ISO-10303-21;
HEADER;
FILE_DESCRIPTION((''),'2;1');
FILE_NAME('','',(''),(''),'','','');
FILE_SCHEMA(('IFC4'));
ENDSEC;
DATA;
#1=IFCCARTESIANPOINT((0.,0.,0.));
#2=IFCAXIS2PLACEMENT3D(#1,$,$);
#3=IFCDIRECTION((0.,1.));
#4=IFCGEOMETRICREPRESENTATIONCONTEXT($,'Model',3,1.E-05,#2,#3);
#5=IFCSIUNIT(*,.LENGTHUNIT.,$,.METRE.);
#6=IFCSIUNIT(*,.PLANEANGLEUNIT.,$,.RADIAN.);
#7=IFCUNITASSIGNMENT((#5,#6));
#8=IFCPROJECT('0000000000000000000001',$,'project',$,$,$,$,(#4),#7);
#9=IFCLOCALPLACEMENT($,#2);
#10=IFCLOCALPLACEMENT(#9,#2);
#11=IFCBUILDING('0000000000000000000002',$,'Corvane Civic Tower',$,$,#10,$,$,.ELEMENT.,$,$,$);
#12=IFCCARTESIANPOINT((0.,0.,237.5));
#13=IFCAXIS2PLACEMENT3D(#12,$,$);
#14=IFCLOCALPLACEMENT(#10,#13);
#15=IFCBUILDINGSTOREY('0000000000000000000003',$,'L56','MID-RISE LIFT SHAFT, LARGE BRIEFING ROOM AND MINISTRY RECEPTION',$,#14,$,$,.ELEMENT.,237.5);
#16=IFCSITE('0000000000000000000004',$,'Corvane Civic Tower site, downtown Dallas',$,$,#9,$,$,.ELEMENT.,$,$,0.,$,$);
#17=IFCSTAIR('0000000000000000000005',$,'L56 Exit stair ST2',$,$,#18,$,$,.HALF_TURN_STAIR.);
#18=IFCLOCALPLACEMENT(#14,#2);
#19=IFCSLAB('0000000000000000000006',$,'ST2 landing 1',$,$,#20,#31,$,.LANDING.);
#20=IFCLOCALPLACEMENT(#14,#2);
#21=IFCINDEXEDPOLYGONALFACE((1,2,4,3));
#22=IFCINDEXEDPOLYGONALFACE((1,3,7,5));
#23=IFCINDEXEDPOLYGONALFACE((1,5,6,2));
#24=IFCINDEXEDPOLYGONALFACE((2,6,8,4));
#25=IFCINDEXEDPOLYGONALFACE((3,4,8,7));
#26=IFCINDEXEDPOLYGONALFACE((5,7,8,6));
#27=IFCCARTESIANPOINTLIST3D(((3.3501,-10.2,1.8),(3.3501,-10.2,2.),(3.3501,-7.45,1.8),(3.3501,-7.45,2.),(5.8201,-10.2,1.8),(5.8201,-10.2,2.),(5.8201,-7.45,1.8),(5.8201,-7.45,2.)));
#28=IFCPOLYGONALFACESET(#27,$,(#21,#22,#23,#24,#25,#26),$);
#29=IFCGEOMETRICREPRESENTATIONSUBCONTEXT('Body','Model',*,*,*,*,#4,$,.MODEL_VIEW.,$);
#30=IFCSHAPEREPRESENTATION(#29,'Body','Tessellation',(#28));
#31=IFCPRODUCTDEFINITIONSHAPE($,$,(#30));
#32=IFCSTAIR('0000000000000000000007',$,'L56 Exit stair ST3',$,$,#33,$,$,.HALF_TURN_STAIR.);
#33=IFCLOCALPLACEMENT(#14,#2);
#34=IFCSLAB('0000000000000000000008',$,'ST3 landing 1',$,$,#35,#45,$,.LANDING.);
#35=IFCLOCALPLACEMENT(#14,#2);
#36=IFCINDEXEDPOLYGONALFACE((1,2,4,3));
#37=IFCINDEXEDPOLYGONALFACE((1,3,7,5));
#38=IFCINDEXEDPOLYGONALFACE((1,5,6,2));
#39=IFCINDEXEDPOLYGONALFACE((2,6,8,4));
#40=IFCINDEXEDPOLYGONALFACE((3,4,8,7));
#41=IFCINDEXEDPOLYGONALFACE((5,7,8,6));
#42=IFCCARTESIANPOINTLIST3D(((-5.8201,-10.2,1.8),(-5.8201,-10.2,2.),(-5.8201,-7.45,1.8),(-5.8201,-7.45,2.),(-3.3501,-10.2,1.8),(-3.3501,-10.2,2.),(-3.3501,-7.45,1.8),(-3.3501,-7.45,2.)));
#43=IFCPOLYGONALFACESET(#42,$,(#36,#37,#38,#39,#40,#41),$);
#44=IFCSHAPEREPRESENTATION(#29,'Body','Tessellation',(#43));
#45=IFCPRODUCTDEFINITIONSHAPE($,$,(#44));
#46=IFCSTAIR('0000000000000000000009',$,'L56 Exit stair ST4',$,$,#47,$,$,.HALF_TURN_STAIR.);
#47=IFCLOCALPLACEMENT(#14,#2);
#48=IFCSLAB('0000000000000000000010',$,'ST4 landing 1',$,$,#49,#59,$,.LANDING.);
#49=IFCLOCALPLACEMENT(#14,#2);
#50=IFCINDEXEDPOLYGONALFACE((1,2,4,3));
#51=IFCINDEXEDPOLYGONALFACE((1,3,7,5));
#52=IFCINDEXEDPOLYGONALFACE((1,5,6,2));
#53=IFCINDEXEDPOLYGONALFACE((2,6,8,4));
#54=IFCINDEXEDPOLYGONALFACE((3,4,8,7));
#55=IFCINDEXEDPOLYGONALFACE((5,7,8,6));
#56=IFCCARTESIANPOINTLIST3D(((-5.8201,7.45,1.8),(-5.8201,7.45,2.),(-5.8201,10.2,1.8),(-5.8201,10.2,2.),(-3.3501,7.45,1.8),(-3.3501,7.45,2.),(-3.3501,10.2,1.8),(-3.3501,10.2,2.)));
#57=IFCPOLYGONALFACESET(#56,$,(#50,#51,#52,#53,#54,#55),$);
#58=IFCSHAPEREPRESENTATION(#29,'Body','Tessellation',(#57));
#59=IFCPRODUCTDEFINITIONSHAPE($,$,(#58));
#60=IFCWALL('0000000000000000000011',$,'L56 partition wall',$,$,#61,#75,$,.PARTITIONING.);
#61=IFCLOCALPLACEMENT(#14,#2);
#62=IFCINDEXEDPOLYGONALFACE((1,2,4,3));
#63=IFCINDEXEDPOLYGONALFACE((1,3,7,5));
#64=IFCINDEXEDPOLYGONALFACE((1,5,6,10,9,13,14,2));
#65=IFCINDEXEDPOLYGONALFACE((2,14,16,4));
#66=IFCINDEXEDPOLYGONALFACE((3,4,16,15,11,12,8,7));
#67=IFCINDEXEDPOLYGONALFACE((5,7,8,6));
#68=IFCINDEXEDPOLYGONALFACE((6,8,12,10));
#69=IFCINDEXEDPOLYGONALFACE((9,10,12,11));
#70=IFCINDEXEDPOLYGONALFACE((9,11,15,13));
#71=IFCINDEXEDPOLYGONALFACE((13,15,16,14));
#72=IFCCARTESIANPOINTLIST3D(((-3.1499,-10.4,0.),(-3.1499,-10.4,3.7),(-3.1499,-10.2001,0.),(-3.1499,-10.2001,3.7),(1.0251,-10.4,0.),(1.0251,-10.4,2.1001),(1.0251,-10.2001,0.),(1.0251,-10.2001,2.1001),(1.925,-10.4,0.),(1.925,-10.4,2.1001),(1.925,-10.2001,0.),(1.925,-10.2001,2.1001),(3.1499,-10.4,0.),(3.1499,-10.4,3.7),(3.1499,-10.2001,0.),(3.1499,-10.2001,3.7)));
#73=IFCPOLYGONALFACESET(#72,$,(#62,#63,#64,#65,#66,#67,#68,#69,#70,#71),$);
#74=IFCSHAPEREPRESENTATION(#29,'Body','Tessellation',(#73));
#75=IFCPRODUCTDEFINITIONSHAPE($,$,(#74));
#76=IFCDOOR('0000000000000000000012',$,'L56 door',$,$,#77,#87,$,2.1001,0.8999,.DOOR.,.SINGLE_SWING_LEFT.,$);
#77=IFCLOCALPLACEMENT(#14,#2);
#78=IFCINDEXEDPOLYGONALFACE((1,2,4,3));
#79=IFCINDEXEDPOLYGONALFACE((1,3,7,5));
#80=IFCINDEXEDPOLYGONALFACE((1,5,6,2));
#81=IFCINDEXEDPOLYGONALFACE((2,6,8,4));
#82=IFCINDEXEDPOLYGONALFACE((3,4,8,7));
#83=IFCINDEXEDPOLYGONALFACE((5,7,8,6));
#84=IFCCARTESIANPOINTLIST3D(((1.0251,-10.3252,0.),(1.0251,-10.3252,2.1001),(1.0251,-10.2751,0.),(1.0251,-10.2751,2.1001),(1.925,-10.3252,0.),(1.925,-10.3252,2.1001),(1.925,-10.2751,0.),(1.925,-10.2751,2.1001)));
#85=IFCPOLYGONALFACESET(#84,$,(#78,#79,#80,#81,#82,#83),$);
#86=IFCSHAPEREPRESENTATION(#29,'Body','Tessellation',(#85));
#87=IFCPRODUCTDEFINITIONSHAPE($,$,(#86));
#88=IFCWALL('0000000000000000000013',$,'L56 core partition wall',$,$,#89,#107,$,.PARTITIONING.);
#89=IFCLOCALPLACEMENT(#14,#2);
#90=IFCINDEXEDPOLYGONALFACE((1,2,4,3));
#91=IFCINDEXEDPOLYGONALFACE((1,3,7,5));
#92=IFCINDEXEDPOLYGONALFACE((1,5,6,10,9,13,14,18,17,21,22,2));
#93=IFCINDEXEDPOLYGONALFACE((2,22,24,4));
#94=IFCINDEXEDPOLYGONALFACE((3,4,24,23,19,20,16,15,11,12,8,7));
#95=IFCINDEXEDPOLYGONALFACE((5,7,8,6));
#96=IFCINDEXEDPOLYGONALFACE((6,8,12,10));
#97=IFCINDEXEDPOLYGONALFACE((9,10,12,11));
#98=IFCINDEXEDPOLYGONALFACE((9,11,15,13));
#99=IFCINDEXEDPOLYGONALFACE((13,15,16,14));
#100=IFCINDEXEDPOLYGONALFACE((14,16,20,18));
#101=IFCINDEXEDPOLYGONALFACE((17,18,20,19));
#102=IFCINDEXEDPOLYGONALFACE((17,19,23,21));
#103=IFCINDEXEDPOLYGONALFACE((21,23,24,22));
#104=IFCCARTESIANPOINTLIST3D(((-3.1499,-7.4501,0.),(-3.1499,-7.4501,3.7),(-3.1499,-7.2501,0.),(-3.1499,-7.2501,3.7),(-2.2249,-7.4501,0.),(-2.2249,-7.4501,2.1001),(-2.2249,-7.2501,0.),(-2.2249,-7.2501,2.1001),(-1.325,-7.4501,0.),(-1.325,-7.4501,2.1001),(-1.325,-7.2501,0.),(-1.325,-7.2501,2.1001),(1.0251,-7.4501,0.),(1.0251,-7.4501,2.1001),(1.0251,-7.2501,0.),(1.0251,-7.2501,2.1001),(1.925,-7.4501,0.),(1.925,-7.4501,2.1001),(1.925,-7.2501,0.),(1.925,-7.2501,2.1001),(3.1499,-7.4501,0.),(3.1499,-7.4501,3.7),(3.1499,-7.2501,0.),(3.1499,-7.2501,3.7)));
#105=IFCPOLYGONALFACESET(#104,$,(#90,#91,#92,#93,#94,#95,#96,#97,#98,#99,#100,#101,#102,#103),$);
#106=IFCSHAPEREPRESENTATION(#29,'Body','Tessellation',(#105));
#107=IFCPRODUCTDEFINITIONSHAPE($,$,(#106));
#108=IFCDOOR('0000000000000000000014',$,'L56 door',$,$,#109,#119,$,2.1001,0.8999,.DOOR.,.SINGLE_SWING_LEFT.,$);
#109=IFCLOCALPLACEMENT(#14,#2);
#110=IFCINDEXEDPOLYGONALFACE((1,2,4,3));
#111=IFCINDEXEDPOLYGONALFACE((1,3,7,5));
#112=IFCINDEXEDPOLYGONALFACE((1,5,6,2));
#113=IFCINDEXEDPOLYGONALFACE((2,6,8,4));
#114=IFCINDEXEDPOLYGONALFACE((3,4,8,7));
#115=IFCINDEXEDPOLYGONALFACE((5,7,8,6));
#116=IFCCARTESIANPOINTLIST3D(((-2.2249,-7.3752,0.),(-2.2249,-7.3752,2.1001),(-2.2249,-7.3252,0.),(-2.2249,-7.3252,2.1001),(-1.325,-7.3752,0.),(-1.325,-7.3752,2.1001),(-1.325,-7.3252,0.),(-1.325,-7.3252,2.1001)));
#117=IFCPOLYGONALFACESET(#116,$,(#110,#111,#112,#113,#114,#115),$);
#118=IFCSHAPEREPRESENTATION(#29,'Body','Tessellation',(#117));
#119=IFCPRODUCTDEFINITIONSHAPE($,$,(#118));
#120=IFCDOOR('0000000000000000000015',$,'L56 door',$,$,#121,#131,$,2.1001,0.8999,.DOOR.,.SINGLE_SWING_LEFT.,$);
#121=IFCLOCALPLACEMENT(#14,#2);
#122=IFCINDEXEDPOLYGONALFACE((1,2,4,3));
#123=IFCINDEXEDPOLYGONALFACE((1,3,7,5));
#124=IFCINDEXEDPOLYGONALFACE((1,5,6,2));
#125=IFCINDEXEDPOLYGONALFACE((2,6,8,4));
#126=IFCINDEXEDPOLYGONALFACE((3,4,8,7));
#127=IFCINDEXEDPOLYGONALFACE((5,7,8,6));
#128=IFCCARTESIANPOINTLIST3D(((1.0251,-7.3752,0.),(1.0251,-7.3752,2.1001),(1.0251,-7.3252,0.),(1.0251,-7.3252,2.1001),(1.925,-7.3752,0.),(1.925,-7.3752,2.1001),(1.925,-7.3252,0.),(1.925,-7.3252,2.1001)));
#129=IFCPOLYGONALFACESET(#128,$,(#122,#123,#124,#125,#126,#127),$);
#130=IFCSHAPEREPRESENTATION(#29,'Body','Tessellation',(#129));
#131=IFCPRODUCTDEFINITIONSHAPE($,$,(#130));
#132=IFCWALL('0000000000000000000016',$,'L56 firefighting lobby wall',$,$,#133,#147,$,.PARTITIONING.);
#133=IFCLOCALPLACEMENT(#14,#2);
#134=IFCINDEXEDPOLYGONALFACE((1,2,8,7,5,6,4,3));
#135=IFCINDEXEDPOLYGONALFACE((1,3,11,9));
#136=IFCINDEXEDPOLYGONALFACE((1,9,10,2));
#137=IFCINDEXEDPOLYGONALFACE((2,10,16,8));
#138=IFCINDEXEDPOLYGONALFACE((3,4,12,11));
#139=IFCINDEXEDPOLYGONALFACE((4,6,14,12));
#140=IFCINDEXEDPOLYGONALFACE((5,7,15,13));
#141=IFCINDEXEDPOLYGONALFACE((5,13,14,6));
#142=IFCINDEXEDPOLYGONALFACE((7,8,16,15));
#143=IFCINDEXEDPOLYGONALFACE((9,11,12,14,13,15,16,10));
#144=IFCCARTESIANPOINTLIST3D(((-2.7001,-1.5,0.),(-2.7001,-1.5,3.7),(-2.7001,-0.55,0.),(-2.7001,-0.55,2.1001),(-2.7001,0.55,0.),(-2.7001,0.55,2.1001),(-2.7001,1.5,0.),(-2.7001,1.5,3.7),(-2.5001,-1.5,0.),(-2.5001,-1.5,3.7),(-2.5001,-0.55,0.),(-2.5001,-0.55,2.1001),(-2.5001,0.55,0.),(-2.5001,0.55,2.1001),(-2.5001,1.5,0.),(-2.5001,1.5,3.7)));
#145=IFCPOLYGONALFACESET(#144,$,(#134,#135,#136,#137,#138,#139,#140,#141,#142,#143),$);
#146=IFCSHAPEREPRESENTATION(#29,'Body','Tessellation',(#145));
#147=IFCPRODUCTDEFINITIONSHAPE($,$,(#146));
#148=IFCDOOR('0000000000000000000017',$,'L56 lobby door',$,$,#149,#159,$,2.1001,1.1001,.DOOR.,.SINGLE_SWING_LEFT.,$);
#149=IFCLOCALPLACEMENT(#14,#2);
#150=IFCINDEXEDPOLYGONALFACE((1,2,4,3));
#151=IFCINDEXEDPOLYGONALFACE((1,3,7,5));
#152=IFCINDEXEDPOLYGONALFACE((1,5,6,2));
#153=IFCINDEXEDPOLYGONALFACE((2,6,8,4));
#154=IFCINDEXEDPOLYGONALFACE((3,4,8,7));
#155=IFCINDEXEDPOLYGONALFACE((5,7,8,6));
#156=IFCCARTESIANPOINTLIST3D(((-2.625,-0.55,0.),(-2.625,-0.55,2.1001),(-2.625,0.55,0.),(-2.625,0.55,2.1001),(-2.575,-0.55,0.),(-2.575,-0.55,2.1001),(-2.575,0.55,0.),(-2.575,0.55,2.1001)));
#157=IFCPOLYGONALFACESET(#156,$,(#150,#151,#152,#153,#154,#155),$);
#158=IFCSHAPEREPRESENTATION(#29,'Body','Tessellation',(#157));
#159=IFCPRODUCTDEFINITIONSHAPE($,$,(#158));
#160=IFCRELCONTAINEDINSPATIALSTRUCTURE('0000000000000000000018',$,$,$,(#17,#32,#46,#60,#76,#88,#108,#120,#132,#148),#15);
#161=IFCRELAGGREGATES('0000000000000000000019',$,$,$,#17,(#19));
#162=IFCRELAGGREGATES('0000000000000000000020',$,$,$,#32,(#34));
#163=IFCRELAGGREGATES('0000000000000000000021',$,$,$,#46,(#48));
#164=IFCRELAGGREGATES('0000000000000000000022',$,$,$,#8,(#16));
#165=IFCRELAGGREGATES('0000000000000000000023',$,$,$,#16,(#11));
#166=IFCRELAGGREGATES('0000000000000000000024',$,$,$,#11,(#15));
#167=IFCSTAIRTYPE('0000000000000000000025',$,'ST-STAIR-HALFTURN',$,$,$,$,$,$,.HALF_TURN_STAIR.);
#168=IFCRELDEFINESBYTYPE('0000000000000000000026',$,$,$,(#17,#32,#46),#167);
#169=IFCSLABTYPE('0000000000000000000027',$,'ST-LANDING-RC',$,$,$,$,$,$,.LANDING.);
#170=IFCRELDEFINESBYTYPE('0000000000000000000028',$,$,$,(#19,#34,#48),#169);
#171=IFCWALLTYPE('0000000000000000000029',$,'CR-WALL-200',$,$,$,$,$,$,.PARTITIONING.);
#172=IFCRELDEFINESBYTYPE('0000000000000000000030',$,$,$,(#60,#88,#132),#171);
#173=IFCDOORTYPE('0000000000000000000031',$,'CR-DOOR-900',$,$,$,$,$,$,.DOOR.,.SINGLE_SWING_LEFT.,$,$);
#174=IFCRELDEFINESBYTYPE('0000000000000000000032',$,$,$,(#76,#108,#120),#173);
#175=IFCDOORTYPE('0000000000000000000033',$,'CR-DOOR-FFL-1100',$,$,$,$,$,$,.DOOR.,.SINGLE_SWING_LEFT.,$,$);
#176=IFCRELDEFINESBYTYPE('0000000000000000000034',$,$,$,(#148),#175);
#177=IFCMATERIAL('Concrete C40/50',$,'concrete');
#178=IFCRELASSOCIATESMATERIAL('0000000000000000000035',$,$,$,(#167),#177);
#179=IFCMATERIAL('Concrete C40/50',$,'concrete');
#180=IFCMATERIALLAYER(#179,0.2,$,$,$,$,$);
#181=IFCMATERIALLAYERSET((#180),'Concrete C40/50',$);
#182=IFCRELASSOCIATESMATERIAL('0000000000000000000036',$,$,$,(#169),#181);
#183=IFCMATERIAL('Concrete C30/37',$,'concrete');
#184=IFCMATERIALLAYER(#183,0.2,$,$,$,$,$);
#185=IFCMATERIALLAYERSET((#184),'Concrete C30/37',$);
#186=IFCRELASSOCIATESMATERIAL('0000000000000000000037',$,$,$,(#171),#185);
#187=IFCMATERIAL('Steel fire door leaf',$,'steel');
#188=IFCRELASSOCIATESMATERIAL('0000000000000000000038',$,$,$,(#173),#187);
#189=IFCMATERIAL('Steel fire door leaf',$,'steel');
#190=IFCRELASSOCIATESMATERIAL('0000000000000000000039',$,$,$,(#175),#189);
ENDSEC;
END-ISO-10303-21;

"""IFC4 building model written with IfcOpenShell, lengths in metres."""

from ifc_helpers import new_model, si_unit, direction, frame, frame_2d, origin, place, context, subcontext, project, spatial, polyline, rectangle, outline, extrude, material, layer, layer_set, type_object, element, fill, aggregate, save


model = new_model("IFC4")

# Units and contexts
model_context = context("Model", 3, precision=1e-05, world=origin(), true_north=direction((0.0, 1.0)))
body_context = subcontext(model_context, "Body", "Model", "MODEL_VIEW")
ifc_project = project(units=[si_unit("LENGTHUNIT", "METRE"), si_unit("PLANEANGLEUNIT", "RADIAN")], contexts=[model_context])

# Site, building, storey
site_placement = place(None, origin())
site = spatial("IfcSite", under=ifc_project, at=site_placement, Name="Corvane Civic Tower site, downtown Dallas", CompositionType="ELEMENT", RefElevation=0.0)
building_placement = place(site_placement, origin())
building = spatial("IfcBuilding", under=site, at=building_placement, Name="Corvane Civic Tower", CompositionType="ELEMENT")
storey_placement = place(building_placement, frame((0.0, 0.0, 237.5)))
storey = spatial("IfcBuildingStorey", under=building, at=storey_placement, Name="L56", Description="MID-RISE LIFT SHAFT, LARGE BRIEFING ROOM AND MINISTRY RECEPTION", CompositionType="ELEMENT", Elevation=237.5)

# Stairs, slabs
ifc_material_1 = material(Name="Concrete C40/50", Category="concrete")
stair_type = type_object("IfcStairType", Name="ST-STAIR-HALFTURN", PredefinedType="HALF_TURN_STAIR", material=ifc_material_1)
ifc_material_2 = material(Name="Concrete C40/50", Category="concrete")
ifc_layer_1 = layer(ifc_material_2, 0.2)
ifc_layer_set_1 = layer_set([ifc_layer_1], Name="Concrete C40/50")
slab_type_1 = type_object("IfcSlabType", Name="ST-LANDING-RC", PredefinedType="LANDING", material=ifc_layer_set_1)
stair_1_placement = place(storey_placement, origin())
stair_1 = element("IfcStair", 1, at=stair_1_placement, inside=storey, type_object=stair_type, Name="L56 Exit stair ST2", PredefinedType="HALF_TURN_STAIR")
slab_1_placement = place(storey_placement, frame((0.0, 0.0, 1.8)))
slab_1 = element("IfcSlab", 2, at=slab_1_placement, type_object=slab_type_1, Name="ST2 landing 1", PredefinedType="LANDING", context=body_context, shape_type="SweptSolid", body=[
    extrude(outline(polyline([(5.8201, -7.45), (3.3501, -7.45), (3.3501, -10.2), (5.8201, -10.2), (5.8201, -7.45)])), origin(), (0.0, 0.0, 1.0), 0.2),
])
aggregate(stair_1, [slab_1])
stair_2_placement = place(storey_placement, origin())
stair_2 = element("IfcStair", 3, at=stair_2_placement, inside=storey, type_object=stair_type, Name="L56 Exit stair ST3", PredefinedType="HALF_TURN_STAIR")
slab_2_placement = place(storey_placement, frame((0.0, 0.0, 1.8)))
slab_2 = element("IfcSlab", 4, at=slab_2_placement, type_object=slab_type_1, Name="ST3 landing 1", PredefinedType="LANDING", context=body_context, shape_type="SweptSolid", body=[
    extrude(outline(polyline([(-5.8201, -10.2), (-3.3501, -10.2), (-3.3501, -7.45), (-5.8201, -7.45), (-5.8201, -10.2)])), origin(), (0.0, 0.0, 1.0), 0.2),
])
aggregate(stair_2, [slab_2])
stair_3_placement = place(storey_placement, origin())
stair_3 = element("IfcStair", 5, at=stair_3_placement, inside=storey, type_object=stair_type, Name="L56 Exit stair ST4", PredefinedType="HALF_TURN_STAIR")
slab_3_placement = place(storey_placement, frame((0.0, 0.0, 1.8)))
slab_3 = element("IfcSlab", 6, at=slab_3_placement, type_object=slab_type_1, Name="ST4 landing 1", PredefinedType="LANDING", context=body_context, shape_type="SweptSolid", body=[
    extrude(outline(polyline([(-5.8201, 7.45), (-3.3501, 7.45), (-3.3501, 10.2), (-5.8201, 10.2), (-5.8201, 7.45)])), origin(), (0.0, 0.0, 1.0), 0.2),
])
aggregate(stair_3, [slab_3])

# Wall, opening, door
ifc_material_3 = material(Name="Concrete C30/37", Category="concrete")
ifc_layer_2 = layer(ifc_material_3, 0.2)
ifc_layer_set_2 = layer_set([ifc_layer_2], Name="Concrete C30/37")
wall_type = type_object("IfcWallType", Name="CR-WALL-200", PredefinedType="PARTITIONING", material=ifc_layer_set_2)
wall_1_placement = place(storey_placement, frame((-3.1499, -10.3, 0.0), z_axis=(0.0, 0.0, 1.0), x_axis=(1.0, 0.0, 0.0)))
wall_1 = element("IfcWall", 7, at=wall_1_placement, inside=storey, type_object=wall_type, Name="L56 partition wall", PredefinedType="PARTITIONING", context=body_context, shape_type="SweptSolid", body=[
    extrude(rectangle(XDim=6.2998, YDim=0.2, at=frame_2d((3.1499, 0.0))), origin(), (0.0, 0.0, 1.0), 3.7),
])
opening_1_placement = place(wall_1_placement, frame((4.175, 0.0, 0.0)))
opening_1 = element("IfcOpeningElement", 8, at=opening_1_placement, cuts=wall_1, PredefinedType="OPENING", context=body_context, shape_type="SweptSolid", body=[
    extrude(rectangle(XDim=0.8999, YDim=2.1001, at=frame_2d((0.45, 1.05))), frame((0.0, 0.1099, 0.0), z_axis=(0.0, -1.0, 0.0), x_axis=(1.0, 0.0, 0.0)), (0.0, 0.0, 1.0), 0.22),
])
ifc_material_4 = material(Name="Steel fire door leaf", Category="steel")
door_type_1 = type_object("IfcDoorType", Name="CR-DOOR-900", OperationType="SINGLE_SWING_LEFT", PredefinedType="DOOR", material=ifc_material_4)
door_1_placement = place(opening_1_placement, origin())
door_1 = element("IfcDoor", 9, at=door_1_placement, inside=storey, type_object=door_type_1, Name="L56 door", OperationType="SINGLE_SWING_LEFT", OverallHeight=2.1001, OverallWidth=0.8999, PredefinedType="DOOR", context=body_context, shape_type="SweptSolid", body=[
    extrude(rectangle(XDim=0.8999, YDim=2.1001, at=frame_2d((0.45, 1.05))), frame((0.0, 0.0249, 0.0), z_axis=(0.0, -1.0, 0.0), x_axis=(1.0, 0.0, 0.0)), (0.0, 0.0, 1.0), 0.05),
])
fill(opening_1, door_1)

# Wall, openings, doors
wall_2_placement = place(storey_placement, frame((-3.1499, -7.3501, 0.0), z_axis=(0.0, 0.0, 1.0), x_axis=(1.0, 0.0, 0.0)))
wall_2 = element("IfcWall", 10, at=wall_2_placement, inside=storey, type_object=wall_type, Name="L56 core partition wall", PredefinedType="PARTITIONING", context=body_context, shape_type="SweptSolid", body=[
    extrude(rectangle(XDim=6.2998, YDim=0.2, at=frame_2d((3.1499, 0.0))), origin(), (0.0, 0.0, 1.0), 3.7),
])
opening_2_placement = place(wall_2_placement, frame((0.925, 0.0, 0.0)))
opening_2 = element("IfcOpeningElement", 11, at=opening_2_placement, cuts=wall_2, PredefinedType="OPENING", context=body_context, shape_type="SweptSolid", body=[
    extrude(rectangle(XDim=0.8999, YDim=2.1001, at=frame_2d((0.45, 1.05))), frame((0.0, 0.1099, 0.0), z_axis=(0.0, -1.0, 0.0), x_axis=(1.0, 0.0, 0.0)), (0.0, 0.0, 1.0), 0.22),
])
opening_3_placement = place(wall_2_placement, frame((4.175, 0.0, 0.0)))
opening_3 = element("IfcOpeningElement", 12, at=opening_3_placement, cuts=wall_2, PredefinedType="OPENING", context=body_context, shape_type="SweptSolid", body=[
    extrude(rectangle(XDim=0.8999, YDim=2.1001, at=frame_2d((0.45, 1.05))), frame((0.0, 0.1099, 0.0), z_axis=(0.0, -1.0, 0.0), x_axis=(1.0, 0.0, 0.0)), (0.0, 0.0, 1.0), 0.22),
])
door_2_placement = place(opening_2_placement, origin())
door_2 = element("IfcDoor", 13, at=door_2_placement, inside=storey, type_object=door_type_1, Name="L56 door", OperationType="SINGLE_SWING_LEFT", OverallHeight=2.1001, OverallWidth=0.8999, PredefinedType="DOOR", context=body_context, shape_type="SweptSolid", body=[
    extrude(rectangle(XDim=0.8999, YDim=2.1001, at=frame_2d((0.45, 1.05))), frame((0.0, 0.0249, 0.0), z_axis=(0.0, -1.0, 0.0), x_axis=(1.0, 0.0, 0.0)), (0.0, 0.0, 1.0), 0.05),
])
fill(opening_2, door_2)
door_3_placement = place(opening_3_placement, origin())
door_3 = element("IfcDoor", 14, at=door_3_placement, inside=storey, type_object=door_type_1, Name="L56 door", OperationType="SINGLE_SWING_LEFT", OverallHeight=2.1001, OverallWidth=0.8999, PredefinedType="DOOR", context=body_context, shape_type="SweptSolid", body=[
    extrude(rectangle(XDim=0.8999, YDim=2.1001, at=frame_2d((0.45, 1.05))), frame((0.0, 0.0249, 0.0), z_axis=(0.0, -1.0, 0.0), x_axis=(1.0, 0.0, 0.0)), (0.0, 0.0, 1.0), 0.05),
])
fill(opening_3, door_3)

# Wall, opening, door
wall_3_placement = place(storey_placement, frame((-2.6001, -1.5, 0.0), z_axis=(0.0, 0.0, 1.0), x_axis=(0.0, 1.0, 0.0)))
wall_3 = element("IfcWall", 15, at=wall_3_placement, inside=storey, type_object=wall_type, Name="L56 firefighting lobby wall", PredefinedType="PARTITIONING", context=body_context, shape_type="SweptSolid", body=[
    extrude(rectangle(XDim=3.0, YDim=0.2, at=frame_2d((1.5, 0.0))), origin(), (0.0, 0.0, 1.0), 3.7),
])
opening_4_placement = place(wall_3_placement, frame((0.95, 0.0, 0.0)))
opening_4 = element("IfcOpeningElement", 16, at=opening_4_placement, cuts=wall_3, PredefinedType="OPENING", context=body_context, shape_type="SweptSolid", body=[
    extrude(rectangle(XDim=1.1001, YDim=2.1001, at=frame_2d((0.55, 1.05))), frame((0.0, 0.1099, 0.0), z_axis=(0.0, -1.0, 0.0), x_axis=(1.0, 0.0, 0.0)), (0.0, 0.0, 1.0), 0.22),
])
ifc_material_5 = material(Name="Steel fire door leaf", Category="steel")
door_type_2 = type_object("IfcDoorType", Name="CR-DOOR-FFL-1100", OperationType="SINGLE_SWING_LEFT", PredefinedType="DOOR", material=ifc_material_5)
door_4_placement = place(opening_4_placement, origin())
door_4 = element("IfcDoor", 17, at=door_4_placement, inside=storey, type_object=door_type_2, Name="L56 lobby door", OperationType="SINGLE_SWING_LEFT", OverallHeight=2.1001, OverallWidth=1.1001, PredefinedType="DOOR", context=body_context, shape_type="SweptSolid", body=[
    extrude(rectangle(XDim=1.1001, YDim=2.1001, at=frame_2d((0.55, 1.05))), frame((0.0, 0.0249, 0.0), z_axis=(0.0, -1.0, 0.0), x_axis=(1.0, 0.0, 0.0)), (0.0, 0.0, 1.0), 0.05),
])
fill(opening_4, door_4)

save(model, "model.ifc")
